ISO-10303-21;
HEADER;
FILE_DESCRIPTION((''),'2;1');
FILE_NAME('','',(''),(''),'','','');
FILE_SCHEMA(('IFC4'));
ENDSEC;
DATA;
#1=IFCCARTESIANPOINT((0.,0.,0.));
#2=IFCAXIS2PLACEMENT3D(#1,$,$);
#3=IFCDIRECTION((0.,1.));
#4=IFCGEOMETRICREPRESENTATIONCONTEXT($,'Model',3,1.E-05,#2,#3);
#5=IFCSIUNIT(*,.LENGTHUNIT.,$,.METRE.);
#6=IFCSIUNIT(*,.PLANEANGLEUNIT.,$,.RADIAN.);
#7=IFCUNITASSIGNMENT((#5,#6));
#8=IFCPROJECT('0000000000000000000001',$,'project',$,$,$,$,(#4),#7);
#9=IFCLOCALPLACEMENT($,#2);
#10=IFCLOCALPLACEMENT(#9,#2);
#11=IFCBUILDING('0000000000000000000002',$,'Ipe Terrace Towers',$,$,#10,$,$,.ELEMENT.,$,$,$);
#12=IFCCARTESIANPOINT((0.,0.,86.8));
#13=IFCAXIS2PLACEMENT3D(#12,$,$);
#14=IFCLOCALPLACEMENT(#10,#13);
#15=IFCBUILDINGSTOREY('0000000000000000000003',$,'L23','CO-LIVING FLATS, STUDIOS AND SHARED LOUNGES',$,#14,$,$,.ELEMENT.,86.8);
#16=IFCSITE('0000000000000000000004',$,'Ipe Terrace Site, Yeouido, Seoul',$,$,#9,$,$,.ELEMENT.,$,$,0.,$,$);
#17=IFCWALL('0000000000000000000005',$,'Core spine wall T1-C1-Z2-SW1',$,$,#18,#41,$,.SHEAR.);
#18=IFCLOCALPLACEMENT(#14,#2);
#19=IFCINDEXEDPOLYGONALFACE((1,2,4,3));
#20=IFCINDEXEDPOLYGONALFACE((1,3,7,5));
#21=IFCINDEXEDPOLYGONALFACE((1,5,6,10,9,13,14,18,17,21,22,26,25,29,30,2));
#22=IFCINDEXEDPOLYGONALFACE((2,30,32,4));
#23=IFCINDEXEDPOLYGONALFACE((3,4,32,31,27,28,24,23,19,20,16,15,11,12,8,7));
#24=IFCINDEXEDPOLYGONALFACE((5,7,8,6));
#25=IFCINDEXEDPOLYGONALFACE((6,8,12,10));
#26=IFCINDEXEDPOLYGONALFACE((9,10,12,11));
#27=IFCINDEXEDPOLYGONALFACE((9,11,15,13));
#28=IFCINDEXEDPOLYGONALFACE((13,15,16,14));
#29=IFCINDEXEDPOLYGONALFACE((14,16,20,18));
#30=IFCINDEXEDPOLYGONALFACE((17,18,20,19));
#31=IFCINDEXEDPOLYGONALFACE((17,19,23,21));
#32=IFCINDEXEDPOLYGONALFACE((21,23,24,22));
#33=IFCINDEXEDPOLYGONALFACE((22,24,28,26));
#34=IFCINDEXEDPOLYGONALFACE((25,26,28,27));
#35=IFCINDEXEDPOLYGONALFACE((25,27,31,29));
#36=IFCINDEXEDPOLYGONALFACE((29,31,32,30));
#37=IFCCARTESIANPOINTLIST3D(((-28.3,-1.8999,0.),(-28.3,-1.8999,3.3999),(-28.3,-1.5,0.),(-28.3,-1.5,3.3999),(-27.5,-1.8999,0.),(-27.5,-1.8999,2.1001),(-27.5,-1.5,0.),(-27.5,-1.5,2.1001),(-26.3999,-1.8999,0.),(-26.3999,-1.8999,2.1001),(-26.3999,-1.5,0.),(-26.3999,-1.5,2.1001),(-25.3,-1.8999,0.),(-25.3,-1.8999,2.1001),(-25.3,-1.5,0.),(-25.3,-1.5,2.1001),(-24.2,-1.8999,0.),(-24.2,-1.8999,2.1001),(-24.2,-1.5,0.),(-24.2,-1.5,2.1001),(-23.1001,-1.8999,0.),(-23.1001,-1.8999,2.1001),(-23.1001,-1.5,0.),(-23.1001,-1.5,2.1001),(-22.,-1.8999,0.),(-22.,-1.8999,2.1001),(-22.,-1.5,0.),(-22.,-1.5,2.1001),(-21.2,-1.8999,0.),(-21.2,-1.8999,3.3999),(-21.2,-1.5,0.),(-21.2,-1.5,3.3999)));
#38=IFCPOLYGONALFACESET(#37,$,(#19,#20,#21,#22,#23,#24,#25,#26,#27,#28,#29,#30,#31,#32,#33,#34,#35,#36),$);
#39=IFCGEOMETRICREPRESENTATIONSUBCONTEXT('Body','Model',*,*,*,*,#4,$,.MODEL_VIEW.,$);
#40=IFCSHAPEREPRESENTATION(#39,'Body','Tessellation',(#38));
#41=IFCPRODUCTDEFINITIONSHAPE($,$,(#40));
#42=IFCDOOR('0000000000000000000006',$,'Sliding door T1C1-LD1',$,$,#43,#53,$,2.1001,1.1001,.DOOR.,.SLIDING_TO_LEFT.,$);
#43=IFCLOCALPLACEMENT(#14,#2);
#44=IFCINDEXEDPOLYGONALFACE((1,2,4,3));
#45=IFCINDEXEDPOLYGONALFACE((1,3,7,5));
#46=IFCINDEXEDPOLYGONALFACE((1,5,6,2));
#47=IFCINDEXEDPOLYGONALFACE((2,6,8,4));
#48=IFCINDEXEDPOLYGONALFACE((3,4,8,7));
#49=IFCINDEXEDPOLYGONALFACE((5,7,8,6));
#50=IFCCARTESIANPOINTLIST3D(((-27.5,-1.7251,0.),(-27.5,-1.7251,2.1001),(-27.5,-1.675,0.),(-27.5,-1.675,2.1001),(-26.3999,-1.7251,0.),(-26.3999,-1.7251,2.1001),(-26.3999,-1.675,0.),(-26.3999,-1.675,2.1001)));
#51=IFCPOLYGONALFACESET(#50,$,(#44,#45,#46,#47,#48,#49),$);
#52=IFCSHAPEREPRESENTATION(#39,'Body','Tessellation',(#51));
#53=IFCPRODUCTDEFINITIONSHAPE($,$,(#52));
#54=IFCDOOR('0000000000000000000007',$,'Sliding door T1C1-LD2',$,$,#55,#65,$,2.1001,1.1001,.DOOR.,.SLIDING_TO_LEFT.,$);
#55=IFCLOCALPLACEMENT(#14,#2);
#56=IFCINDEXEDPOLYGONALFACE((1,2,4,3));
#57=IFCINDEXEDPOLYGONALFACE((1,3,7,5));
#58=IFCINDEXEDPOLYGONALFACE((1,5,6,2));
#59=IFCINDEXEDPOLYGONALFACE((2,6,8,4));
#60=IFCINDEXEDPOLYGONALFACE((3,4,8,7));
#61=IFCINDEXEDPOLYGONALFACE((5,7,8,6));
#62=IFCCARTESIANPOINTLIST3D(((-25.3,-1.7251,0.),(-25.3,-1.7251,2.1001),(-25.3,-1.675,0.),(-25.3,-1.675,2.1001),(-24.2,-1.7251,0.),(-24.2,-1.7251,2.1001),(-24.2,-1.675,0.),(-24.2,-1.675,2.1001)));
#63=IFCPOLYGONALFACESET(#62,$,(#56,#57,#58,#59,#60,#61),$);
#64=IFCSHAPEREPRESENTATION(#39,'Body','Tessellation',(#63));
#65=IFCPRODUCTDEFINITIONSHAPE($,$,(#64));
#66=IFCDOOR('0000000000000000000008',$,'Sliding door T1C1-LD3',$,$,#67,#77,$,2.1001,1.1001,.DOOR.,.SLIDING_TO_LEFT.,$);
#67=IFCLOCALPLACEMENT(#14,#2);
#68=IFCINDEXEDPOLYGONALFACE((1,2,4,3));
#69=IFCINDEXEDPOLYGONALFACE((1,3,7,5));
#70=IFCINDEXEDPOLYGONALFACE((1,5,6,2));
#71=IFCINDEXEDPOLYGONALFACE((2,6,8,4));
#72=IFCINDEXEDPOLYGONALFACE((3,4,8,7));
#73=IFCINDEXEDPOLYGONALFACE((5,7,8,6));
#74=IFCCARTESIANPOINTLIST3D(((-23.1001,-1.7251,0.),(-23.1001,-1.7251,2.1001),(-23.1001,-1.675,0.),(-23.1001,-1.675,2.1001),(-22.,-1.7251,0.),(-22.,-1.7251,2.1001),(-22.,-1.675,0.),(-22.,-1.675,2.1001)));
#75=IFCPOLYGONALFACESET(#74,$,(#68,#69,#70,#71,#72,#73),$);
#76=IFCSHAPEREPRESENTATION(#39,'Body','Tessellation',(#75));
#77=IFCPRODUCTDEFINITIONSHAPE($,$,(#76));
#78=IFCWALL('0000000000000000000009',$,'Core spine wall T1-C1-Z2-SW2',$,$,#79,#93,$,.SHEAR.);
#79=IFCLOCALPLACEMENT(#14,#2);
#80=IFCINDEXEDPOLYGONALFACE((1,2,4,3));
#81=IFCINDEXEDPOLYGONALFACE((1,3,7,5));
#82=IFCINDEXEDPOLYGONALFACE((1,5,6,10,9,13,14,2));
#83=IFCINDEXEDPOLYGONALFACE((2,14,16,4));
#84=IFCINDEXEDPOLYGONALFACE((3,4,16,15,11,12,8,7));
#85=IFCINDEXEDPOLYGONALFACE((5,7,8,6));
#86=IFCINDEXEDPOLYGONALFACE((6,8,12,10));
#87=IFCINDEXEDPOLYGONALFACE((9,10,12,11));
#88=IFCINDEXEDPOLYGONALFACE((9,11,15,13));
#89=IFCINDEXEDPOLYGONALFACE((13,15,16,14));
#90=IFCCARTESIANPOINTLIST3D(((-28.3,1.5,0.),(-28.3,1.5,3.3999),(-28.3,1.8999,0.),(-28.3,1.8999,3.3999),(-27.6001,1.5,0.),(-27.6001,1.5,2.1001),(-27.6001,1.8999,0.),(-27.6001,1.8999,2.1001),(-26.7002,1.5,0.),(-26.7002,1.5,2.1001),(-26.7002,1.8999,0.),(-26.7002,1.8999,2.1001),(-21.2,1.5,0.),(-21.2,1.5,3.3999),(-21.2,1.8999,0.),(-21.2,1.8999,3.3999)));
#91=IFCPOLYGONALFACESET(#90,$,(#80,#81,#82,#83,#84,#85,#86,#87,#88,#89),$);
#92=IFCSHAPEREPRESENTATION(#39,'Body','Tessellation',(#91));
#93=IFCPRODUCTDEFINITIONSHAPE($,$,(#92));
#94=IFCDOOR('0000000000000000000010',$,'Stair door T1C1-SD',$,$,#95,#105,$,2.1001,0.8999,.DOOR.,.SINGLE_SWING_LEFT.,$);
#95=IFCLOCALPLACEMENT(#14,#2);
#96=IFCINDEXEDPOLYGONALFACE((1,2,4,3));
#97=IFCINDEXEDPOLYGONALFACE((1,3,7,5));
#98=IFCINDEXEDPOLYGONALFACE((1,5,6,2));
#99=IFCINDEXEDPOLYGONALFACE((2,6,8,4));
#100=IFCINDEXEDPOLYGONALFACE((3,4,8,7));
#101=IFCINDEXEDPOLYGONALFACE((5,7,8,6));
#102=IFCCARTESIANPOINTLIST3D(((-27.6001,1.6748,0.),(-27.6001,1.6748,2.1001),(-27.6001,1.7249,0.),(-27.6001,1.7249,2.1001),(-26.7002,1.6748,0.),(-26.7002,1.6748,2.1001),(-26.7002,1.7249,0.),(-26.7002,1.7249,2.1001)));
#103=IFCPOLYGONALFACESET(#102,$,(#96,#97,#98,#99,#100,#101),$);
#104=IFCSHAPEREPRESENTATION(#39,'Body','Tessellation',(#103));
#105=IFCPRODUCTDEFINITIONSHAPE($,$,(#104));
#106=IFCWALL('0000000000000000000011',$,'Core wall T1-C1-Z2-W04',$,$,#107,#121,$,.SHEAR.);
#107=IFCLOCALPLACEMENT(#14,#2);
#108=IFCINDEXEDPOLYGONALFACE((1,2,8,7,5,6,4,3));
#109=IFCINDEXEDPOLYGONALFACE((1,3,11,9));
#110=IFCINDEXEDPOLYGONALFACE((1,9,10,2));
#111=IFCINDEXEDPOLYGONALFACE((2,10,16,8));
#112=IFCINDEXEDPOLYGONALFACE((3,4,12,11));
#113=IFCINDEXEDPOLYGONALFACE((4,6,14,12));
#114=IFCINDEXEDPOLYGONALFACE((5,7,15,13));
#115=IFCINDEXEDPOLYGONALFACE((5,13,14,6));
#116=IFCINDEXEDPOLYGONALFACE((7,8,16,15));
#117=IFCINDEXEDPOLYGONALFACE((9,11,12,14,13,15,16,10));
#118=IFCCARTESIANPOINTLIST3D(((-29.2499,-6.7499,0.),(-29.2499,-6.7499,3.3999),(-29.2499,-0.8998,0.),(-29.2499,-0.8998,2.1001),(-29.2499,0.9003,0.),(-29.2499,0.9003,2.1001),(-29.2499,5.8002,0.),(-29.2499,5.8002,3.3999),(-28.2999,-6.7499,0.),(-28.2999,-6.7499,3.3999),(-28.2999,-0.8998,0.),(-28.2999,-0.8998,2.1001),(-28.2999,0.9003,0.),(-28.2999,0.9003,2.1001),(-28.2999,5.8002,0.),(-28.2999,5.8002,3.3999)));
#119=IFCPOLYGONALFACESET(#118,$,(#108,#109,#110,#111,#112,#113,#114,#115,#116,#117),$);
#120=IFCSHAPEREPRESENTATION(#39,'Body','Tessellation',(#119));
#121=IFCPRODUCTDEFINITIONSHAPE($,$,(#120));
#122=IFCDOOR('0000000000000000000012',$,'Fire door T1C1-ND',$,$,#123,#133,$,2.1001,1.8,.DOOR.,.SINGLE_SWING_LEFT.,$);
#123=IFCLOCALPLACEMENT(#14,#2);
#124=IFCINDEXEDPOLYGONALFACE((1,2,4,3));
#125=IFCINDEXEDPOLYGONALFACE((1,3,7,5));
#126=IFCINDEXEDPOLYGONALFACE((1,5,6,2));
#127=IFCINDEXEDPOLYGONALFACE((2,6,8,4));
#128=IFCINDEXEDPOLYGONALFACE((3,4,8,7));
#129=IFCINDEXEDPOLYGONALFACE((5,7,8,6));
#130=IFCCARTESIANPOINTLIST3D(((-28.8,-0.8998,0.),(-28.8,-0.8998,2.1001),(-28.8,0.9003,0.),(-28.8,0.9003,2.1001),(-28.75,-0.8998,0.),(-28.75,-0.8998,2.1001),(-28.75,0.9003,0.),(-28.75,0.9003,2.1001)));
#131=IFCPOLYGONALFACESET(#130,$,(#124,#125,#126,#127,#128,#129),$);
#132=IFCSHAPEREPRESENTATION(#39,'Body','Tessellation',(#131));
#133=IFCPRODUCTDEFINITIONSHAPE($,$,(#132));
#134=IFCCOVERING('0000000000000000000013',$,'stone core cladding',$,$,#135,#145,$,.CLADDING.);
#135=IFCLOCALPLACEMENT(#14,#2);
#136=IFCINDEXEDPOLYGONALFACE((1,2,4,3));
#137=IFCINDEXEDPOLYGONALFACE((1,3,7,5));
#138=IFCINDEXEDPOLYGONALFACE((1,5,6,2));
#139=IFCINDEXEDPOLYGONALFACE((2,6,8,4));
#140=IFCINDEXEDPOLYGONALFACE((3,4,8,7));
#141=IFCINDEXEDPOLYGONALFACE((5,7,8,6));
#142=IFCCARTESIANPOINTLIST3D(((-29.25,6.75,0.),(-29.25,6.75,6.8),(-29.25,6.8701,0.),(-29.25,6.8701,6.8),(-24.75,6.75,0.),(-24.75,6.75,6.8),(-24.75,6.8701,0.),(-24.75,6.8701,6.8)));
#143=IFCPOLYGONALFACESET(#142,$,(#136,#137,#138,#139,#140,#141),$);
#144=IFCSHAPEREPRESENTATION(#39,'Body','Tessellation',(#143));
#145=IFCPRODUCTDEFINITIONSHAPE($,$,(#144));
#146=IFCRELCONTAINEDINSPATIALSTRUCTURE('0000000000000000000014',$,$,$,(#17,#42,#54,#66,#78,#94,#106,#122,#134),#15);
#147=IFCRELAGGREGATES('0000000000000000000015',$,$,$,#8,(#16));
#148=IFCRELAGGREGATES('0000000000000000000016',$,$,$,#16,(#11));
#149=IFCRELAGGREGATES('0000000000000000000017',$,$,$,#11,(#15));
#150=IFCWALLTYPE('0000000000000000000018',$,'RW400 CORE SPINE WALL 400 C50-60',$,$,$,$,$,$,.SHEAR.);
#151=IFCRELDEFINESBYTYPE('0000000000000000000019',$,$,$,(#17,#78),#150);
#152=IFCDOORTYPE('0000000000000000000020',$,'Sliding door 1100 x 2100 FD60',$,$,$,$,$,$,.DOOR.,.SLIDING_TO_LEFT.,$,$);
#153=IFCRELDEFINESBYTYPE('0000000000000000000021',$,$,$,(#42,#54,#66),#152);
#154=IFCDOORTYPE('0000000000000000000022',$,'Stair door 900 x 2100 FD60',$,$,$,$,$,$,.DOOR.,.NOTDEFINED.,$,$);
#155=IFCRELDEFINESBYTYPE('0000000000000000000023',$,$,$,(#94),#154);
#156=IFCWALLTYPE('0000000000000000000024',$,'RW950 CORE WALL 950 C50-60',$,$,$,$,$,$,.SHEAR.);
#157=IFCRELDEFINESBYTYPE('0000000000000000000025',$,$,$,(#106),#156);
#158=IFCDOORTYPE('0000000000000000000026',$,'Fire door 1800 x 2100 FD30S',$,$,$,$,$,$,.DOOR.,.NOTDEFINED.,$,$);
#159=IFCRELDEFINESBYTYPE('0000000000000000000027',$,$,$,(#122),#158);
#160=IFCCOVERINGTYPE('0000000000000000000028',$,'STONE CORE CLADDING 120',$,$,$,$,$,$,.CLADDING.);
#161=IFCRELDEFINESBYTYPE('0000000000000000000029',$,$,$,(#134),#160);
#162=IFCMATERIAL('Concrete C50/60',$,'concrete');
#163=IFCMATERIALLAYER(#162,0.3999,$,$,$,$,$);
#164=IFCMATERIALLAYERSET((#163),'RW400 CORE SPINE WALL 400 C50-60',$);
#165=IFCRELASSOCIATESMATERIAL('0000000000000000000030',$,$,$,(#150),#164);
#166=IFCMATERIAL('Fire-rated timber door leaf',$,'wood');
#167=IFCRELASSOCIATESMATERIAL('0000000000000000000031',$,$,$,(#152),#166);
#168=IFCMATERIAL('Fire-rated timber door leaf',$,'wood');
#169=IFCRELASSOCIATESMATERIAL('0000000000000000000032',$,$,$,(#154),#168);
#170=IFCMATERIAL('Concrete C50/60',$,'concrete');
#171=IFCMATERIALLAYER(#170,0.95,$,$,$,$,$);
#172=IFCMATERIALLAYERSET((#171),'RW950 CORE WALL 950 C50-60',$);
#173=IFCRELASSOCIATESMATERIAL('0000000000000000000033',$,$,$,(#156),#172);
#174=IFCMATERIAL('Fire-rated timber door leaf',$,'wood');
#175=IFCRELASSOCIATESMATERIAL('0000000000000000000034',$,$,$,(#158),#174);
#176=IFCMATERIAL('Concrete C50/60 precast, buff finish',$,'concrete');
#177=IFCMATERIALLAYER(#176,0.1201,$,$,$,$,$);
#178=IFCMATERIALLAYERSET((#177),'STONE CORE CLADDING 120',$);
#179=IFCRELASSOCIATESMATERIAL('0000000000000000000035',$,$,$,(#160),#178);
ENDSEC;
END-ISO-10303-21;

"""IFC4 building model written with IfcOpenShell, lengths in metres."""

from ifc_helpers import new_model, si_unit, direction, frame, frame_2d, origin, origin_2d, place, context, subcontext, project, spatial, rectangle, extrude, material, layer, layer_set, type_object, element, fill, save


model = new_model("IFC4")

# Units and contexts
model_context = context("Model", 3, precision=1e-05, world=origin(), true_north=direction((0.0, 1.0)))
body_context = subcontext(model_context, "Body", "Model", "MODEL_VIEW")
ifc_project = project(units=[si_unit("LENGTHUNIT", "METRE"), si_unit("PLANEANGLEUNIT", "RADIAN")], contexts=[model_context])

# Site, building, storey
site_placement = place(None, origin())
site = spatial("IfcSite", under=ifc_project, at=site_placement, Name="Ipe Terrace Site, Yeouido, Seoul", CompositionType="ELEMENT", RefElevation=0.0)
building_placement = place(site_placement, origin())
building = spatial("IfcBuilding", under=site, at=building_placement, Name="Ipe Terrace Towers", CompositionType="ELEMENT")
storey_placement = place(building_placement, frame((0.0, 0.0, 86.8)))
storey = spatial("IfcBuildingStorey", under=building, at=storey_placement, Name="L23", Description="CO-LIVING FLATS, STUDIOS AND SHARED LOUNGES", CompositionType="ELEMENT", Elevation=86.8)

# Wall, openings, doors
ifc_material_1 = material(Name="Concrete C50/60", Category="concrete")
ifc_layer_1 = layer(ifc_material_1, 0.3999)
ifc_layer_set_1 = layer_set([ifc_layer_1], Name="RW400 CORE SPINE WALL 400 C50-60")
wall_type_1 = type_object("IfcWallType", Name="RW400 CORE SPINE WALL 400 C50-60", PredefinedType="SHEAR", material=ifc_layer_set_1)
wall_1_placement = place(storey_placement, frame((-28.3, -1.7, 0.0), z_axis=(0.0, 0.0, 1.0), x_axis=(1.0, 0.0, 0.0)))
wall_1 = element("IfcWall", 1, at=wall_1_placement, inside=storey, type_object=wall_type_1, Name="Core spine wall T1-C1-Z2-SW1", PredefinedType="SHEAR", context=body_context, shape_type="SweptSolid", body=[
    extrude(rectangle(XDim=7.1001, YDim=0.3999, at=frame_2d((3.55, 0.0))), origin(), (0.0, 0.0, 1.0), 3.3999),
])
opening_1_placement = place(wall_1_placement, frame((0.8, 0.0, 0.0)))
opening_1 = element("IfcOpeningElement", 2, at=opening_1_placement, cuts=wall_1, PredefinedType="OPENING", context=body_context, shape_type="SweptSolid", body=[
    extrude(rectangle(XDim=1.1001, YDim=2.1001, at=frame_2d((0.55, 1.05))), frame((0.0, 0.21, 0.0), z_axis=(0.0, -1.0, 0.0), x_axis=(1.0, 0.0, 0.0)), (0.0, 0.0, 1.0), 0.4199),
])
opening_2_placement = place(wall_1_placement, frame((3.0, 0.0, 0.0)))
opening_2 = element("IfcOpeningElement", 3, at=opening_2_placement, cuts=wall_1, PredefinedType="OPENING", context=body_context, shape_type="SweptSolid", body=[
    extrude(rectangle(XDim=1.1001, YDim=2.1001, at=frame_2d((0.55, 1.05))), frame((0.0, 0.21, 0.0), z_axis=(0.0, -1.0, 0.0), x_axis=(1.0, 0.0, 0.0)), (0.0, 0.0, 1.0), 0.4199),
])
opening_3_placement = place(wall_1_placement, frame((5.2, 0.0, 0.0)))
opening_3 = element("IfcOpeningElement", 4, at=opening_3_placement, cuts=wall_1, PredefinedType="OPENING", context=body_context, shape_type="SweptSolid", body=[
    extrude(rectangle(XDim=1.1001, YDim=2.1001, at=frame_2d((0.55, 1.05))), frame((0.0, 0.21, 0.0), z_axis=(0.0, -1.0, 0.0), x_axis=(1.0, 0.0, 0.0)), (0.0, 0.0, 1.0), 0.4199),
])
ifc_material_2 = material(Name="Fire-rated timber door leaf", Category="wood")
door_type_1 = type_object("IfcDoorType", Name="Sliding door 1100 x 2100 FD60", OperationType="SLIDING_TO_LEFT", PredefinedType="DOOR", material=ifc_material_2)
door_1_placement = place(opening_1_placement, origin())
door_1 = element("IfcDoor", 5, at=door_1_placement, inside=storey, type_object=door_type_1, Name="Sliding door T1C1-LD1", OperationType="SLIDING_TO_LEFT", OverallHeight=2.1001, OverallWidth=1.1001, PredefinedType="DOOR", context=body_context, shape_type="SweptSolid", body=[
    extrude(rectangle(XDim=1.1001, YDim=2.1001, at=frame_2d((0.55, 1.05))), frame((0.0, 0.0249, 0.0), z_axis=(0.0, -1.0, 0.0), x_axis=(1.0, 0.0, 0.0)), (0.0, 0.0, 1.0), 0.05),
])
fill(opening_1, door_1)
door_2_placement = place(opening_2_placement, origin())
door_2 = element("IfcDoor", 6, at=door_2_placement, inside=storey, type_object=door_type_1, Name="Sliding door T1C1-LD2", OperationType="SLIDING_TO_LEFT", OverallHeight=2.1001, OverallWidth=1.1001, PredefinedType="DOOR", context=body_context, shape_type="SweptSolid", body=[
    extrude(rectangle(XDim=1.1001, YDim=2.1001, at=frame_2d((0.55, 1.05))), frame((0.0, 0.0249, 0.0), z_axis=(0.0, -1.0, 0.0), x_axis=(1.0, 0.0, 0.0)), (0.0, 0.0, 1.0), 0.05),
])
fill(opening_2, door_2)
door_3_placement = place(opening_3_placement, origin())
door_3 = element("IfcDoor", 7, at=door_3_placement, inside=storey, type_object=door_type_1, Name="Sliding door T1C1-LD3", OperationType="SLIDING_TO_LEFT", OverallHeight=2.1001, OverallWidth=1.1001, PredefinedType="DOOR", context=body_context, shape_type="SweptSolid", body=[
    extrude(rectangle(XDim=1.1001, YDim=2.1001, at=frame_2d((0.55, 1.05))), frame((0.0, 0.0249, 0.0), z_axis=(0.0, -1.0, 0.0), x_axis=(1.0, 0.0, 0.0)), (0.0, 0.0, 1.0), 0.05),
])
fill(opening_3, door_3)

# Walls, openings, doors
wall_2_placement = place(storey_placement, frame((-28.3, 1.7, 0.0), z_axis=(0.0, 0.0, 1.0), x_axis=(1.0, 0.0, 0.0)))
wall_2 = element("IfcWall", 8, at=wall_2_placement, inside=storey, type_object=wall_type_1, Name="Core spine wall T1-C1-Z2-SW2", PredefinedType="SHEAR", context=body_context, shape_type="SweptSolid", body=[
    extrude(rectangle(XDim=7.1001, YDim=0.3999, at=frame_2d((3.55, 0.0))), origin(), (0.0, 0.0, 1.0), 3.3999),
])
opening_4_placement = place(wall_2_placement, frame((0.7, 0.0, 0.0)))
opening_4 = element("IfcOpeningElement", 9, at=opening_4_placement, cuts=wall_2, PredefinedType="OPENING", context=body_context, shape_type="SweptSolid", body=[
    extrude(rectangle(XDim=0.8999, YDim=2.1001, at=frame_2d((0.45, 1.05))), frame((0.0, 0.21, 0.0), z_axis=(0.0, -1.0, 0.0), x_axis=(1.0, 0.0, 0.0)), (0.0, 0.0, 1.0), 0.4199),
])
ifc_material_3 = material(Name="Fire-rated timber door leaf", Category="wood")
door_type_2 = type_object("IfcDoorType", Name="Stair door 900 x 2100 FD60", OperationType="NOTDEFINED", PredefinedType="DOOR", material=ifc_material_3)
door_4_placement = place(opening_4_placement, origin())
door_4 = element("IfcDoor", 10, at=door_4_placement, inside=storey, type_object=door_type_2, Name="Stair door T1C1-SD", OperationType="SINGLE_SWING_LEFT", OverallHeight=2.1001, OverallWidth=0.8999, PredefinedType="DOOR", context=body_context, shape_type="SweptSolid", body=[
    extrude(rectangle(XDim=0.8999, YDim=2.1001, at=frame_2d((0.45, 1.05))), frame((0.0, 0.0249, 0.0), z_axis=(0.0, -1.0, 0.0), x_axis=(1.0, 0.0, 0.0)), (0.0, 0.0, 1.0), 0.05),
])
fill(opening_4, door_4)
ifc_material_4 = material(Name="Concrete C50/60", Category="concrete")
ifc_layer_2 = layer(ifc_material_4, 0.95)
ifc_layer_set_2 = layer_set([ifc_layer_2], Name="RW950 CORE WALL 950 C50-60")
wall_type_2 = type_object("IfcWallType", Name="RW950 CORE WALL 950 C50-60", PredefinedType="SHEAR", material=ifc_layer_set_2)
wall_3_placement = place(storey_placement, frame((-28.7749, 5.8, 0.0), z_axis=(0.0, 0.0, 1.0), x_axis=(0.0, -1.0, 0.0)))
wall_3 = element("IfcWall", 11, at=wall_3_placement, inside=storey, type_object=wall_type_2, Name="Core wall T1-C1-Z2-W04", PredefinedType="SHEAR", context=body_context, shape_type="SweptSolid", body=[
    extrude(rectangle(XDim=12.55, YDim=0.95, at=frame_2d((6.2749, 0.0))), origin(), (0.0, 0.0, 1.0), 3.3999),
])
opening_5_placement = place(wall_3_placement, frame((4.8999, 0.0, 0.0)))
opening_5 = element("IfcOpeningElement", 12, at=opening_5_placement, cuts=wall_3, PredefinedType="OPENING", context=body_context, shape_type="SweptSolid", body=[
    extrude(rectangle(XDim=1.8, YDim=2.1001, at=frame_2d((0.8999, 1.05))), frame((0.0, 0.4849, 0.0), z_axis=(0.0, -1.0, 0.0), x_axis=(1.0, 0.0, 0.0)), (0.0, 0.0, 1.0), 0.97),
])
ifc_material_5 = material(Name="Fire-rated timber door leaf", Category="wood")
door_type_3 = type_object("IfcDoorType", Name="Fire door 1800 x 2100 FD30S", OperationType="NOTDEFINED", PredefinedType="DOOR", material=ifc_material_5)
door_5_placement = place(opening_5_placement, origin())
door_5 = element("IfcDoor", 13, at=door_5_placement, inside=storey, type_object=door_type_3, Name="Fire door T1C1-ND", OperationType="SINGLE_SWING_LEFT", OverallHeight=2.1001, OverallWidth=1.8, PredefinedType="DOOR", context=body_context, shape_type="SweptSolid", body=[
    extrude(rectangle(XDim=1.8, YDim=2.1001, at=frame_2d((0.8999, 1.05))), frame((0.0, 0.0249, 0.0), z_axis=(0.0, -1.0, 0.0), x_axis=(1.0, 0.0, 0.0)), (0.0, 0.0, 1.0), 0.05),
])
fill(opening_5, door_5)

# Covering
ifc_material_6 = material(Name="Concrete C50/60 precast, buff finish", Category="concrete")
ifc_layer_3 = layer(ifc_material_6, 0.1201)
ifc_layer_set_3 = layer_set([ifc_layer_3], Name="STONE CORE CLADDING 120")
covering_type = type_object("IfcCoveringType", Name="STONE CORE CLADDING 120", PredefinedType="CLADDING", material=ifc_layer_set_3)
covering_placement = place(storey_placement, frame((-27.0, 6.8101, 0.0), z_axis=(0.0, 0.0, 1.0), x_axis=(-1.0, 0.0, 0.0)))
element("IfcCovering", 14, at=covering_placement, inside=storey, type_object=covering_type, Name="stone core cladding", PredefinedType="CLADDING", context=body_context, shape_type="SweptSolid", body=[
    extrude(rectangle(XDim=4.5, YDim=0.1201, at=origin_2d()), origin(), (0.0, 0.0, 1.0), 6.8),
])

save(model, "model.ifc")
